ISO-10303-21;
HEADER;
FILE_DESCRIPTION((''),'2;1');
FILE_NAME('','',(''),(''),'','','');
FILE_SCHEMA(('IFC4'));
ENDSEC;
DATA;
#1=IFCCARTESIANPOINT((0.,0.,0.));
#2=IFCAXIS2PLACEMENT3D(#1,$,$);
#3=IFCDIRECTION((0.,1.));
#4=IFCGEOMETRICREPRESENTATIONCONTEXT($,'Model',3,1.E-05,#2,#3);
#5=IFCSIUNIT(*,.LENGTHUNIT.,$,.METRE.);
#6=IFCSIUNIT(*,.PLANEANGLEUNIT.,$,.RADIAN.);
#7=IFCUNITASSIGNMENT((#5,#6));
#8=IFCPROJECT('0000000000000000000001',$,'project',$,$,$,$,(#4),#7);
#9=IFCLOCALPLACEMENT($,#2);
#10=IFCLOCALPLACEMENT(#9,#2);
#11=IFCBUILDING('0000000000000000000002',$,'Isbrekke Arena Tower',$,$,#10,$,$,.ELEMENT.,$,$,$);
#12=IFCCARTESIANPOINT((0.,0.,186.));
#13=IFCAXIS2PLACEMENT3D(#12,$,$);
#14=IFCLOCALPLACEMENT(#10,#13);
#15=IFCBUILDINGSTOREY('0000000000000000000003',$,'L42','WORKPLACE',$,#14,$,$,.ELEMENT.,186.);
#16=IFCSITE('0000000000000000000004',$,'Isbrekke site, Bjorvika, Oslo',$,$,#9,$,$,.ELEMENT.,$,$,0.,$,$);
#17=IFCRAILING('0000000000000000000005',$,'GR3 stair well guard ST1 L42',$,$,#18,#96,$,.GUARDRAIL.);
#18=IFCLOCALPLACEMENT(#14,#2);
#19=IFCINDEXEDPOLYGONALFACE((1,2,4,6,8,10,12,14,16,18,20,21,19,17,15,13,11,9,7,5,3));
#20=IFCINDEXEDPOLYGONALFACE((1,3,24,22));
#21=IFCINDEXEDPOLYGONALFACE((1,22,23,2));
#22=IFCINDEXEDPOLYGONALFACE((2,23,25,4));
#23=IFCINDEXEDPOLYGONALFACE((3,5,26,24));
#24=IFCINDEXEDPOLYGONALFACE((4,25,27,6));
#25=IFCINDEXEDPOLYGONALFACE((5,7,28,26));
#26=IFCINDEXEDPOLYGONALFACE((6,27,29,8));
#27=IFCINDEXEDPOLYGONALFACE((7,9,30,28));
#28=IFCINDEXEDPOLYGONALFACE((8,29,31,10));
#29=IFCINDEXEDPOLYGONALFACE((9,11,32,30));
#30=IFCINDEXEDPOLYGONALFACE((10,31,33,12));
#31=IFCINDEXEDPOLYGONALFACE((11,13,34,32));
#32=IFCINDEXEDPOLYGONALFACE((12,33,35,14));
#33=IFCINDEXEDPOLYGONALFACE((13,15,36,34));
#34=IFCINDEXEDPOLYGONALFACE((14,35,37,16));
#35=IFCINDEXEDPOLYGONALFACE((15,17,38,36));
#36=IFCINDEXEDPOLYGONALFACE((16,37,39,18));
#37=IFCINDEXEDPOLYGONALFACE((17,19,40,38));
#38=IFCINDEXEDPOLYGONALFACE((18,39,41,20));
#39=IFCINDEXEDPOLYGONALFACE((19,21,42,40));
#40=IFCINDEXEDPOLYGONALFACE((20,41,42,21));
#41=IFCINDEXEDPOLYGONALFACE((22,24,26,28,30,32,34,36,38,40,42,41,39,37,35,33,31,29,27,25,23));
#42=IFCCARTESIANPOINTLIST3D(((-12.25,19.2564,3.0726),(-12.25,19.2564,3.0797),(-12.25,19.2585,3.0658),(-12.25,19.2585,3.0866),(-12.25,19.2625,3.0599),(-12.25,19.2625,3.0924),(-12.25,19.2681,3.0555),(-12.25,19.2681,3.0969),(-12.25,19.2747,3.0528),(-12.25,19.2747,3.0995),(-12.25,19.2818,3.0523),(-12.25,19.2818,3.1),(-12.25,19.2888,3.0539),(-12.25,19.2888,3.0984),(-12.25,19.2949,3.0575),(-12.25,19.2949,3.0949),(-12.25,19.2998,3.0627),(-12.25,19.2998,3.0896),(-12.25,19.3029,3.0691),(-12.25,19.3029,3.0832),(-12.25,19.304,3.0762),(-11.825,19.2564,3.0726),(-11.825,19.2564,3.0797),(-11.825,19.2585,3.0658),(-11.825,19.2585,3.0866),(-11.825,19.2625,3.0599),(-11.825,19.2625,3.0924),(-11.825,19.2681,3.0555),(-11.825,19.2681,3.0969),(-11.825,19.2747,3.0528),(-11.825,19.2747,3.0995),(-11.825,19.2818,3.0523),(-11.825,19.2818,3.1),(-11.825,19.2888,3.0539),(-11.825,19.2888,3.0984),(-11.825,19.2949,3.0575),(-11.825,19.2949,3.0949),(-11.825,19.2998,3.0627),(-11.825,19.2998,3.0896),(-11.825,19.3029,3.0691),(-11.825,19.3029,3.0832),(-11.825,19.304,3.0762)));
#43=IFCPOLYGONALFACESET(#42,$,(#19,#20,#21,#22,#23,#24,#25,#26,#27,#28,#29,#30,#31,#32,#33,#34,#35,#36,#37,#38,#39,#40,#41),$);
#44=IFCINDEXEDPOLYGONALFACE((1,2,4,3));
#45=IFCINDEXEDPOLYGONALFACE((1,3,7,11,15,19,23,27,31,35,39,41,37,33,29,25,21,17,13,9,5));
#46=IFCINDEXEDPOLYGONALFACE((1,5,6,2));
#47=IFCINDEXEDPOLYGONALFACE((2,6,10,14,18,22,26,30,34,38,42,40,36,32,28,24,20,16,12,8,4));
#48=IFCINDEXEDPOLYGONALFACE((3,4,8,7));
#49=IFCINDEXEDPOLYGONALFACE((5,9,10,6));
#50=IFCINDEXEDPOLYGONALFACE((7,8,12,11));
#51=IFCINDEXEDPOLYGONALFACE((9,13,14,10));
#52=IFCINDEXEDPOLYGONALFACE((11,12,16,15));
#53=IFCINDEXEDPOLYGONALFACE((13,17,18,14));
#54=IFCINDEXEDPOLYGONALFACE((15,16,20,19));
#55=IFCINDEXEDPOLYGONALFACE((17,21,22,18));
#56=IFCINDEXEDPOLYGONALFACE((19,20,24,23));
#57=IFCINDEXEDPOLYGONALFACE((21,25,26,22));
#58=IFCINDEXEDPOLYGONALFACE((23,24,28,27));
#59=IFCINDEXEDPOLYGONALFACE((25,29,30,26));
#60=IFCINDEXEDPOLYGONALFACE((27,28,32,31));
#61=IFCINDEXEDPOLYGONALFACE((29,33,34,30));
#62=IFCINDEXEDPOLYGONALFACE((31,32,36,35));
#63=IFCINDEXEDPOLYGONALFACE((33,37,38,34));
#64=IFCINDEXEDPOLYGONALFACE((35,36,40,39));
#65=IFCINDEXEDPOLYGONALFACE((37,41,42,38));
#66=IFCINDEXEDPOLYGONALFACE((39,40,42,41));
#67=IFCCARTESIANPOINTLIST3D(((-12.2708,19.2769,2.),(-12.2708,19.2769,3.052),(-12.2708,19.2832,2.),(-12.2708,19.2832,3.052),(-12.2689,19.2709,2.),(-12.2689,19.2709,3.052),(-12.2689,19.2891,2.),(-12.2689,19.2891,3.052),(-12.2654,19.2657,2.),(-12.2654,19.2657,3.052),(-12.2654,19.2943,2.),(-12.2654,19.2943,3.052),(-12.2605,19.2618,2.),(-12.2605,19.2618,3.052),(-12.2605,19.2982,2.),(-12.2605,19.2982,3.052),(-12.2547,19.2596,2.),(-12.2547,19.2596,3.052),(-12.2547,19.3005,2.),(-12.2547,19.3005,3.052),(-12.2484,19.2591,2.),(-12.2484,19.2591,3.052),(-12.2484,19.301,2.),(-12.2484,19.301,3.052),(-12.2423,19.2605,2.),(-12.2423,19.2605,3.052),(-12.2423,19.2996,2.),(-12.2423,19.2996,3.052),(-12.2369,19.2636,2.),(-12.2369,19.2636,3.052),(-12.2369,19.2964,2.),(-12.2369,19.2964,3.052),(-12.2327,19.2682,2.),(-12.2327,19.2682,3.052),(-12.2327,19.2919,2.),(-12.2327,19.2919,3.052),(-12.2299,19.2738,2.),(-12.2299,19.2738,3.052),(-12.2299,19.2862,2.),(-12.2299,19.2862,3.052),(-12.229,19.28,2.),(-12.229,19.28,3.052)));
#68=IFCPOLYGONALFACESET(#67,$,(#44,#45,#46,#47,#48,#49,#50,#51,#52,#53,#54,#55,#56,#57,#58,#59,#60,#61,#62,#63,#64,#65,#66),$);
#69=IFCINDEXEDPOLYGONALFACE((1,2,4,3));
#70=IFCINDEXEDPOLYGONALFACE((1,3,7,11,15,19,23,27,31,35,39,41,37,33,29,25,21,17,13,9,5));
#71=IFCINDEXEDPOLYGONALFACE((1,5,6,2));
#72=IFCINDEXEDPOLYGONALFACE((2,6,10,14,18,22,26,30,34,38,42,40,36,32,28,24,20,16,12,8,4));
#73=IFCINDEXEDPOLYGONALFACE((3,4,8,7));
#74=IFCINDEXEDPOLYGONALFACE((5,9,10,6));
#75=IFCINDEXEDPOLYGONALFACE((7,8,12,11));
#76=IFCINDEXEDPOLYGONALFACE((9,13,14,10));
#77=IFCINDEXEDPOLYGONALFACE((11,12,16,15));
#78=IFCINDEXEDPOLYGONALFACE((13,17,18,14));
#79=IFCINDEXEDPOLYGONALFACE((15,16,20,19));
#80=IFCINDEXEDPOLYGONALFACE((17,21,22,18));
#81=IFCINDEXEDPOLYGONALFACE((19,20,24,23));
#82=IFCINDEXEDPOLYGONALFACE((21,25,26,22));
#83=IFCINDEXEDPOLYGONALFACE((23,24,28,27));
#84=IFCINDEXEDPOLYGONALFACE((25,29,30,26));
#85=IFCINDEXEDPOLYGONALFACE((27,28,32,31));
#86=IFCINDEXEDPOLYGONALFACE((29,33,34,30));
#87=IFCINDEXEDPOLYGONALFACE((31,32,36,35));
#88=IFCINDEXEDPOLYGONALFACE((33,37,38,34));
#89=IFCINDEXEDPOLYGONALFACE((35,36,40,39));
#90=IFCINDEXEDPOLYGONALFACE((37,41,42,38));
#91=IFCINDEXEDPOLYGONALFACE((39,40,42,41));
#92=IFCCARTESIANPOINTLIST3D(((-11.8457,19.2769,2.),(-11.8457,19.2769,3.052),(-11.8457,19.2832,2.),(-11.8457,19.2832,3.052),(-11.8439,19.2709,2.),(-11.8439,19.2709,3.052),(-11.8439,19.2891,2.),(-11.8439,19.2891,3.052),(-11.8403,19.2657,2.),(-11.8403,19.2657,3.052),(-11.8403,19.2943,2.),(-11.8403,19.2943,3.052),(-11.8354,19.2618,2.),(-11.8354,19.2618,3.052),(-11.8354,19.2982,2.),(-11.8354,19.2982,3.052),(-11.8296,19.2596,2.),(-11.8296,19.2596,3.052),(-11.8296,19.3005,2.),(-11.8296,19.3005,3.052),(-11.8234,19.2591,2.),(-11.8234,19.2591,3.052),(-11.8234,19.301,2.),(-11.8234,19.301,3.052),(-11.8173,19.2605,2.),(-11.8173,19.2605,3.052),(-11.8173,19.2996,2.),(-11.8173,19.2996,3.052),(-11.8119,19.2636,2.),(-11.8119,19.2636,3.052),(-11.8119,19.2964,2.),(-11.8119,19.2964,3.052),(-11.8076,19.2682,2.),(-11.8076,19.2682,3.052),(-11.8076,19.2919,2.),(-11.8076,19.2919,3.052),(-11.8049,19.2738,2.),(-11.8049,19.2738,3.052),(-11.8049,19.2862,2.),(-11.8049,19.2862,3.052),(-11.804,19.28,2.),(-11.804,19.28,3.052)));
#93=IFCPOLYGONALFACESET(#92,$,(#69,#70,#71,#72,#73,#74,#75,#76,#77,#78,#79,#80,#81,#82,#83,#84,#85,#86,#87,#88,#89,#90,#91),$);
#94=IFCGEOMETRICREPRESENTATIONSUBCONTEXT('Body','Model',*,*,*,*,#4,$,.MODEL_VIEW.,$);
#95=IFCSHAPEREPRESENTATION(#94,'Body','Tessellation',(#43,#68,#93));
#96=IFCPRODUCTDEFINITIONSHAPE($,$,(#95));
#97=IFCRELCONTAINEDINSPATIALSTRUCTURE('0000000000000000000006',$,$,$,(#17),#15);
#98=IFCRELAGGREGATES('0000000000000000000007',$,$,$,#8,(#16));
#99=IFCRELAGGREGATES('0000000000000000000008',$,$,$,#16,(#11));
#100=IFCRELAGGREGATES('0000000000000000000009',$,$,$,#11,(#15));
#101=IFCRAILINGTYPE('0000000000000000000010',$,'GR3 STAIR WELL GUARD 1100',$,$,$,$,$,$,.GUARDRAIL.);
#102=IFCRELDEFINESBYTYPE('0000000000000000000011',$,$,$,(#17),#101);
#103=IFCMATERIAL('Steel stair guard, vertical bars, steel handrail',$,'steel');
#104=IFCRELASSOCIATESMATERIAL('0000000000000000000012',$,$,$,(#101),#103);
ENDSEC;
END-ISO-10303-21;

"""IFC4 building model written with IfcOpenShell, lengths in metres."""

from ifc_helpers import new_model, si_unit, direction, frame, origin, origin_2d, place, context, subcontext, project, spatial, circle, extrude, material, type_object, element, save


model = new_model("IFC4")

# Units and contexts
model_context = context("Model", 3, precision=1e-05, world=origin(), true_north=direction((0.0, 1.0)))
body_context = subcontext(model_context, "Body", "Model", "MODEL_VIEW")
ifc_project = project(units=[si_unit("LENGTHUNIT", "METRE"), si_unit("PLANEANGLEUNIT", "RADIAN")], contexts=[model_context])

# Site, building, storey
site_placement = place(None, origin())
site = spatial("IfcSite", under=ifc_project, at=site_placement, Name="Isbrekke site, Bjorvika, Oslo", CompositionType="ELEMENT", RefElevation=0.0)
building_placement = place(site_placement, origin())
building = spatial("IfcBuilding", under=site, at=building_placement, Name="Isbrekke Arena Tower", CompositionType="ELEMENT")
storey_placement = place(building_placement, frame((0.0, 0.0, 186.0)))
storey = spatial("IfcBuildingStorey", under=building, at=storey_placement, Name="L42", Description="WORKPLACE", CompositionType="ELEMENT", Elevation=186.0)

# Railing
ifc_material_1 = material(Name="Steel stair guard, vertical bars, steel handrail", Category="steel")
railing_type = type_object("IfcRailingType", Name="GR3 STAIR WELL GUARD 1100", PredefinedType="GUARDRAIL", material=ifc_material_1)
for number, where, name in (
    (1, (-12.25, 19.28, 2.0), "GR3 stair well guard ST1 L42"),
):
    element("IfcRailing", number, at=place(storey_placement, frame(where)), inside=storey, type_object=railing_type, Name=name, PredefinedType="GUARDRAIL", context=body_context, shape_type="SweptSolid", body=[
        extrude(circle(Radius=0.0239, at=origin_2d()), frame((0.0, 0.0, 1.0762), z_axis=(1.0, 0.0, 0.0), x_axis=(0.0, 1.0, 0.0)), (0.0, 0.0, 1.0), 0.425),
        extrude(circle(Radius=0.021, at=origin_2d()), origin(), (0.0, 0.0, 1.0), 1.052),
        extrude(circle(Radius=0.021, at=origin_2d()), frame((0.425, 0.0, 0.0)), (0.0, 0.0, 1.0), 1.052),
    ])

save(model, "model.ifc")
